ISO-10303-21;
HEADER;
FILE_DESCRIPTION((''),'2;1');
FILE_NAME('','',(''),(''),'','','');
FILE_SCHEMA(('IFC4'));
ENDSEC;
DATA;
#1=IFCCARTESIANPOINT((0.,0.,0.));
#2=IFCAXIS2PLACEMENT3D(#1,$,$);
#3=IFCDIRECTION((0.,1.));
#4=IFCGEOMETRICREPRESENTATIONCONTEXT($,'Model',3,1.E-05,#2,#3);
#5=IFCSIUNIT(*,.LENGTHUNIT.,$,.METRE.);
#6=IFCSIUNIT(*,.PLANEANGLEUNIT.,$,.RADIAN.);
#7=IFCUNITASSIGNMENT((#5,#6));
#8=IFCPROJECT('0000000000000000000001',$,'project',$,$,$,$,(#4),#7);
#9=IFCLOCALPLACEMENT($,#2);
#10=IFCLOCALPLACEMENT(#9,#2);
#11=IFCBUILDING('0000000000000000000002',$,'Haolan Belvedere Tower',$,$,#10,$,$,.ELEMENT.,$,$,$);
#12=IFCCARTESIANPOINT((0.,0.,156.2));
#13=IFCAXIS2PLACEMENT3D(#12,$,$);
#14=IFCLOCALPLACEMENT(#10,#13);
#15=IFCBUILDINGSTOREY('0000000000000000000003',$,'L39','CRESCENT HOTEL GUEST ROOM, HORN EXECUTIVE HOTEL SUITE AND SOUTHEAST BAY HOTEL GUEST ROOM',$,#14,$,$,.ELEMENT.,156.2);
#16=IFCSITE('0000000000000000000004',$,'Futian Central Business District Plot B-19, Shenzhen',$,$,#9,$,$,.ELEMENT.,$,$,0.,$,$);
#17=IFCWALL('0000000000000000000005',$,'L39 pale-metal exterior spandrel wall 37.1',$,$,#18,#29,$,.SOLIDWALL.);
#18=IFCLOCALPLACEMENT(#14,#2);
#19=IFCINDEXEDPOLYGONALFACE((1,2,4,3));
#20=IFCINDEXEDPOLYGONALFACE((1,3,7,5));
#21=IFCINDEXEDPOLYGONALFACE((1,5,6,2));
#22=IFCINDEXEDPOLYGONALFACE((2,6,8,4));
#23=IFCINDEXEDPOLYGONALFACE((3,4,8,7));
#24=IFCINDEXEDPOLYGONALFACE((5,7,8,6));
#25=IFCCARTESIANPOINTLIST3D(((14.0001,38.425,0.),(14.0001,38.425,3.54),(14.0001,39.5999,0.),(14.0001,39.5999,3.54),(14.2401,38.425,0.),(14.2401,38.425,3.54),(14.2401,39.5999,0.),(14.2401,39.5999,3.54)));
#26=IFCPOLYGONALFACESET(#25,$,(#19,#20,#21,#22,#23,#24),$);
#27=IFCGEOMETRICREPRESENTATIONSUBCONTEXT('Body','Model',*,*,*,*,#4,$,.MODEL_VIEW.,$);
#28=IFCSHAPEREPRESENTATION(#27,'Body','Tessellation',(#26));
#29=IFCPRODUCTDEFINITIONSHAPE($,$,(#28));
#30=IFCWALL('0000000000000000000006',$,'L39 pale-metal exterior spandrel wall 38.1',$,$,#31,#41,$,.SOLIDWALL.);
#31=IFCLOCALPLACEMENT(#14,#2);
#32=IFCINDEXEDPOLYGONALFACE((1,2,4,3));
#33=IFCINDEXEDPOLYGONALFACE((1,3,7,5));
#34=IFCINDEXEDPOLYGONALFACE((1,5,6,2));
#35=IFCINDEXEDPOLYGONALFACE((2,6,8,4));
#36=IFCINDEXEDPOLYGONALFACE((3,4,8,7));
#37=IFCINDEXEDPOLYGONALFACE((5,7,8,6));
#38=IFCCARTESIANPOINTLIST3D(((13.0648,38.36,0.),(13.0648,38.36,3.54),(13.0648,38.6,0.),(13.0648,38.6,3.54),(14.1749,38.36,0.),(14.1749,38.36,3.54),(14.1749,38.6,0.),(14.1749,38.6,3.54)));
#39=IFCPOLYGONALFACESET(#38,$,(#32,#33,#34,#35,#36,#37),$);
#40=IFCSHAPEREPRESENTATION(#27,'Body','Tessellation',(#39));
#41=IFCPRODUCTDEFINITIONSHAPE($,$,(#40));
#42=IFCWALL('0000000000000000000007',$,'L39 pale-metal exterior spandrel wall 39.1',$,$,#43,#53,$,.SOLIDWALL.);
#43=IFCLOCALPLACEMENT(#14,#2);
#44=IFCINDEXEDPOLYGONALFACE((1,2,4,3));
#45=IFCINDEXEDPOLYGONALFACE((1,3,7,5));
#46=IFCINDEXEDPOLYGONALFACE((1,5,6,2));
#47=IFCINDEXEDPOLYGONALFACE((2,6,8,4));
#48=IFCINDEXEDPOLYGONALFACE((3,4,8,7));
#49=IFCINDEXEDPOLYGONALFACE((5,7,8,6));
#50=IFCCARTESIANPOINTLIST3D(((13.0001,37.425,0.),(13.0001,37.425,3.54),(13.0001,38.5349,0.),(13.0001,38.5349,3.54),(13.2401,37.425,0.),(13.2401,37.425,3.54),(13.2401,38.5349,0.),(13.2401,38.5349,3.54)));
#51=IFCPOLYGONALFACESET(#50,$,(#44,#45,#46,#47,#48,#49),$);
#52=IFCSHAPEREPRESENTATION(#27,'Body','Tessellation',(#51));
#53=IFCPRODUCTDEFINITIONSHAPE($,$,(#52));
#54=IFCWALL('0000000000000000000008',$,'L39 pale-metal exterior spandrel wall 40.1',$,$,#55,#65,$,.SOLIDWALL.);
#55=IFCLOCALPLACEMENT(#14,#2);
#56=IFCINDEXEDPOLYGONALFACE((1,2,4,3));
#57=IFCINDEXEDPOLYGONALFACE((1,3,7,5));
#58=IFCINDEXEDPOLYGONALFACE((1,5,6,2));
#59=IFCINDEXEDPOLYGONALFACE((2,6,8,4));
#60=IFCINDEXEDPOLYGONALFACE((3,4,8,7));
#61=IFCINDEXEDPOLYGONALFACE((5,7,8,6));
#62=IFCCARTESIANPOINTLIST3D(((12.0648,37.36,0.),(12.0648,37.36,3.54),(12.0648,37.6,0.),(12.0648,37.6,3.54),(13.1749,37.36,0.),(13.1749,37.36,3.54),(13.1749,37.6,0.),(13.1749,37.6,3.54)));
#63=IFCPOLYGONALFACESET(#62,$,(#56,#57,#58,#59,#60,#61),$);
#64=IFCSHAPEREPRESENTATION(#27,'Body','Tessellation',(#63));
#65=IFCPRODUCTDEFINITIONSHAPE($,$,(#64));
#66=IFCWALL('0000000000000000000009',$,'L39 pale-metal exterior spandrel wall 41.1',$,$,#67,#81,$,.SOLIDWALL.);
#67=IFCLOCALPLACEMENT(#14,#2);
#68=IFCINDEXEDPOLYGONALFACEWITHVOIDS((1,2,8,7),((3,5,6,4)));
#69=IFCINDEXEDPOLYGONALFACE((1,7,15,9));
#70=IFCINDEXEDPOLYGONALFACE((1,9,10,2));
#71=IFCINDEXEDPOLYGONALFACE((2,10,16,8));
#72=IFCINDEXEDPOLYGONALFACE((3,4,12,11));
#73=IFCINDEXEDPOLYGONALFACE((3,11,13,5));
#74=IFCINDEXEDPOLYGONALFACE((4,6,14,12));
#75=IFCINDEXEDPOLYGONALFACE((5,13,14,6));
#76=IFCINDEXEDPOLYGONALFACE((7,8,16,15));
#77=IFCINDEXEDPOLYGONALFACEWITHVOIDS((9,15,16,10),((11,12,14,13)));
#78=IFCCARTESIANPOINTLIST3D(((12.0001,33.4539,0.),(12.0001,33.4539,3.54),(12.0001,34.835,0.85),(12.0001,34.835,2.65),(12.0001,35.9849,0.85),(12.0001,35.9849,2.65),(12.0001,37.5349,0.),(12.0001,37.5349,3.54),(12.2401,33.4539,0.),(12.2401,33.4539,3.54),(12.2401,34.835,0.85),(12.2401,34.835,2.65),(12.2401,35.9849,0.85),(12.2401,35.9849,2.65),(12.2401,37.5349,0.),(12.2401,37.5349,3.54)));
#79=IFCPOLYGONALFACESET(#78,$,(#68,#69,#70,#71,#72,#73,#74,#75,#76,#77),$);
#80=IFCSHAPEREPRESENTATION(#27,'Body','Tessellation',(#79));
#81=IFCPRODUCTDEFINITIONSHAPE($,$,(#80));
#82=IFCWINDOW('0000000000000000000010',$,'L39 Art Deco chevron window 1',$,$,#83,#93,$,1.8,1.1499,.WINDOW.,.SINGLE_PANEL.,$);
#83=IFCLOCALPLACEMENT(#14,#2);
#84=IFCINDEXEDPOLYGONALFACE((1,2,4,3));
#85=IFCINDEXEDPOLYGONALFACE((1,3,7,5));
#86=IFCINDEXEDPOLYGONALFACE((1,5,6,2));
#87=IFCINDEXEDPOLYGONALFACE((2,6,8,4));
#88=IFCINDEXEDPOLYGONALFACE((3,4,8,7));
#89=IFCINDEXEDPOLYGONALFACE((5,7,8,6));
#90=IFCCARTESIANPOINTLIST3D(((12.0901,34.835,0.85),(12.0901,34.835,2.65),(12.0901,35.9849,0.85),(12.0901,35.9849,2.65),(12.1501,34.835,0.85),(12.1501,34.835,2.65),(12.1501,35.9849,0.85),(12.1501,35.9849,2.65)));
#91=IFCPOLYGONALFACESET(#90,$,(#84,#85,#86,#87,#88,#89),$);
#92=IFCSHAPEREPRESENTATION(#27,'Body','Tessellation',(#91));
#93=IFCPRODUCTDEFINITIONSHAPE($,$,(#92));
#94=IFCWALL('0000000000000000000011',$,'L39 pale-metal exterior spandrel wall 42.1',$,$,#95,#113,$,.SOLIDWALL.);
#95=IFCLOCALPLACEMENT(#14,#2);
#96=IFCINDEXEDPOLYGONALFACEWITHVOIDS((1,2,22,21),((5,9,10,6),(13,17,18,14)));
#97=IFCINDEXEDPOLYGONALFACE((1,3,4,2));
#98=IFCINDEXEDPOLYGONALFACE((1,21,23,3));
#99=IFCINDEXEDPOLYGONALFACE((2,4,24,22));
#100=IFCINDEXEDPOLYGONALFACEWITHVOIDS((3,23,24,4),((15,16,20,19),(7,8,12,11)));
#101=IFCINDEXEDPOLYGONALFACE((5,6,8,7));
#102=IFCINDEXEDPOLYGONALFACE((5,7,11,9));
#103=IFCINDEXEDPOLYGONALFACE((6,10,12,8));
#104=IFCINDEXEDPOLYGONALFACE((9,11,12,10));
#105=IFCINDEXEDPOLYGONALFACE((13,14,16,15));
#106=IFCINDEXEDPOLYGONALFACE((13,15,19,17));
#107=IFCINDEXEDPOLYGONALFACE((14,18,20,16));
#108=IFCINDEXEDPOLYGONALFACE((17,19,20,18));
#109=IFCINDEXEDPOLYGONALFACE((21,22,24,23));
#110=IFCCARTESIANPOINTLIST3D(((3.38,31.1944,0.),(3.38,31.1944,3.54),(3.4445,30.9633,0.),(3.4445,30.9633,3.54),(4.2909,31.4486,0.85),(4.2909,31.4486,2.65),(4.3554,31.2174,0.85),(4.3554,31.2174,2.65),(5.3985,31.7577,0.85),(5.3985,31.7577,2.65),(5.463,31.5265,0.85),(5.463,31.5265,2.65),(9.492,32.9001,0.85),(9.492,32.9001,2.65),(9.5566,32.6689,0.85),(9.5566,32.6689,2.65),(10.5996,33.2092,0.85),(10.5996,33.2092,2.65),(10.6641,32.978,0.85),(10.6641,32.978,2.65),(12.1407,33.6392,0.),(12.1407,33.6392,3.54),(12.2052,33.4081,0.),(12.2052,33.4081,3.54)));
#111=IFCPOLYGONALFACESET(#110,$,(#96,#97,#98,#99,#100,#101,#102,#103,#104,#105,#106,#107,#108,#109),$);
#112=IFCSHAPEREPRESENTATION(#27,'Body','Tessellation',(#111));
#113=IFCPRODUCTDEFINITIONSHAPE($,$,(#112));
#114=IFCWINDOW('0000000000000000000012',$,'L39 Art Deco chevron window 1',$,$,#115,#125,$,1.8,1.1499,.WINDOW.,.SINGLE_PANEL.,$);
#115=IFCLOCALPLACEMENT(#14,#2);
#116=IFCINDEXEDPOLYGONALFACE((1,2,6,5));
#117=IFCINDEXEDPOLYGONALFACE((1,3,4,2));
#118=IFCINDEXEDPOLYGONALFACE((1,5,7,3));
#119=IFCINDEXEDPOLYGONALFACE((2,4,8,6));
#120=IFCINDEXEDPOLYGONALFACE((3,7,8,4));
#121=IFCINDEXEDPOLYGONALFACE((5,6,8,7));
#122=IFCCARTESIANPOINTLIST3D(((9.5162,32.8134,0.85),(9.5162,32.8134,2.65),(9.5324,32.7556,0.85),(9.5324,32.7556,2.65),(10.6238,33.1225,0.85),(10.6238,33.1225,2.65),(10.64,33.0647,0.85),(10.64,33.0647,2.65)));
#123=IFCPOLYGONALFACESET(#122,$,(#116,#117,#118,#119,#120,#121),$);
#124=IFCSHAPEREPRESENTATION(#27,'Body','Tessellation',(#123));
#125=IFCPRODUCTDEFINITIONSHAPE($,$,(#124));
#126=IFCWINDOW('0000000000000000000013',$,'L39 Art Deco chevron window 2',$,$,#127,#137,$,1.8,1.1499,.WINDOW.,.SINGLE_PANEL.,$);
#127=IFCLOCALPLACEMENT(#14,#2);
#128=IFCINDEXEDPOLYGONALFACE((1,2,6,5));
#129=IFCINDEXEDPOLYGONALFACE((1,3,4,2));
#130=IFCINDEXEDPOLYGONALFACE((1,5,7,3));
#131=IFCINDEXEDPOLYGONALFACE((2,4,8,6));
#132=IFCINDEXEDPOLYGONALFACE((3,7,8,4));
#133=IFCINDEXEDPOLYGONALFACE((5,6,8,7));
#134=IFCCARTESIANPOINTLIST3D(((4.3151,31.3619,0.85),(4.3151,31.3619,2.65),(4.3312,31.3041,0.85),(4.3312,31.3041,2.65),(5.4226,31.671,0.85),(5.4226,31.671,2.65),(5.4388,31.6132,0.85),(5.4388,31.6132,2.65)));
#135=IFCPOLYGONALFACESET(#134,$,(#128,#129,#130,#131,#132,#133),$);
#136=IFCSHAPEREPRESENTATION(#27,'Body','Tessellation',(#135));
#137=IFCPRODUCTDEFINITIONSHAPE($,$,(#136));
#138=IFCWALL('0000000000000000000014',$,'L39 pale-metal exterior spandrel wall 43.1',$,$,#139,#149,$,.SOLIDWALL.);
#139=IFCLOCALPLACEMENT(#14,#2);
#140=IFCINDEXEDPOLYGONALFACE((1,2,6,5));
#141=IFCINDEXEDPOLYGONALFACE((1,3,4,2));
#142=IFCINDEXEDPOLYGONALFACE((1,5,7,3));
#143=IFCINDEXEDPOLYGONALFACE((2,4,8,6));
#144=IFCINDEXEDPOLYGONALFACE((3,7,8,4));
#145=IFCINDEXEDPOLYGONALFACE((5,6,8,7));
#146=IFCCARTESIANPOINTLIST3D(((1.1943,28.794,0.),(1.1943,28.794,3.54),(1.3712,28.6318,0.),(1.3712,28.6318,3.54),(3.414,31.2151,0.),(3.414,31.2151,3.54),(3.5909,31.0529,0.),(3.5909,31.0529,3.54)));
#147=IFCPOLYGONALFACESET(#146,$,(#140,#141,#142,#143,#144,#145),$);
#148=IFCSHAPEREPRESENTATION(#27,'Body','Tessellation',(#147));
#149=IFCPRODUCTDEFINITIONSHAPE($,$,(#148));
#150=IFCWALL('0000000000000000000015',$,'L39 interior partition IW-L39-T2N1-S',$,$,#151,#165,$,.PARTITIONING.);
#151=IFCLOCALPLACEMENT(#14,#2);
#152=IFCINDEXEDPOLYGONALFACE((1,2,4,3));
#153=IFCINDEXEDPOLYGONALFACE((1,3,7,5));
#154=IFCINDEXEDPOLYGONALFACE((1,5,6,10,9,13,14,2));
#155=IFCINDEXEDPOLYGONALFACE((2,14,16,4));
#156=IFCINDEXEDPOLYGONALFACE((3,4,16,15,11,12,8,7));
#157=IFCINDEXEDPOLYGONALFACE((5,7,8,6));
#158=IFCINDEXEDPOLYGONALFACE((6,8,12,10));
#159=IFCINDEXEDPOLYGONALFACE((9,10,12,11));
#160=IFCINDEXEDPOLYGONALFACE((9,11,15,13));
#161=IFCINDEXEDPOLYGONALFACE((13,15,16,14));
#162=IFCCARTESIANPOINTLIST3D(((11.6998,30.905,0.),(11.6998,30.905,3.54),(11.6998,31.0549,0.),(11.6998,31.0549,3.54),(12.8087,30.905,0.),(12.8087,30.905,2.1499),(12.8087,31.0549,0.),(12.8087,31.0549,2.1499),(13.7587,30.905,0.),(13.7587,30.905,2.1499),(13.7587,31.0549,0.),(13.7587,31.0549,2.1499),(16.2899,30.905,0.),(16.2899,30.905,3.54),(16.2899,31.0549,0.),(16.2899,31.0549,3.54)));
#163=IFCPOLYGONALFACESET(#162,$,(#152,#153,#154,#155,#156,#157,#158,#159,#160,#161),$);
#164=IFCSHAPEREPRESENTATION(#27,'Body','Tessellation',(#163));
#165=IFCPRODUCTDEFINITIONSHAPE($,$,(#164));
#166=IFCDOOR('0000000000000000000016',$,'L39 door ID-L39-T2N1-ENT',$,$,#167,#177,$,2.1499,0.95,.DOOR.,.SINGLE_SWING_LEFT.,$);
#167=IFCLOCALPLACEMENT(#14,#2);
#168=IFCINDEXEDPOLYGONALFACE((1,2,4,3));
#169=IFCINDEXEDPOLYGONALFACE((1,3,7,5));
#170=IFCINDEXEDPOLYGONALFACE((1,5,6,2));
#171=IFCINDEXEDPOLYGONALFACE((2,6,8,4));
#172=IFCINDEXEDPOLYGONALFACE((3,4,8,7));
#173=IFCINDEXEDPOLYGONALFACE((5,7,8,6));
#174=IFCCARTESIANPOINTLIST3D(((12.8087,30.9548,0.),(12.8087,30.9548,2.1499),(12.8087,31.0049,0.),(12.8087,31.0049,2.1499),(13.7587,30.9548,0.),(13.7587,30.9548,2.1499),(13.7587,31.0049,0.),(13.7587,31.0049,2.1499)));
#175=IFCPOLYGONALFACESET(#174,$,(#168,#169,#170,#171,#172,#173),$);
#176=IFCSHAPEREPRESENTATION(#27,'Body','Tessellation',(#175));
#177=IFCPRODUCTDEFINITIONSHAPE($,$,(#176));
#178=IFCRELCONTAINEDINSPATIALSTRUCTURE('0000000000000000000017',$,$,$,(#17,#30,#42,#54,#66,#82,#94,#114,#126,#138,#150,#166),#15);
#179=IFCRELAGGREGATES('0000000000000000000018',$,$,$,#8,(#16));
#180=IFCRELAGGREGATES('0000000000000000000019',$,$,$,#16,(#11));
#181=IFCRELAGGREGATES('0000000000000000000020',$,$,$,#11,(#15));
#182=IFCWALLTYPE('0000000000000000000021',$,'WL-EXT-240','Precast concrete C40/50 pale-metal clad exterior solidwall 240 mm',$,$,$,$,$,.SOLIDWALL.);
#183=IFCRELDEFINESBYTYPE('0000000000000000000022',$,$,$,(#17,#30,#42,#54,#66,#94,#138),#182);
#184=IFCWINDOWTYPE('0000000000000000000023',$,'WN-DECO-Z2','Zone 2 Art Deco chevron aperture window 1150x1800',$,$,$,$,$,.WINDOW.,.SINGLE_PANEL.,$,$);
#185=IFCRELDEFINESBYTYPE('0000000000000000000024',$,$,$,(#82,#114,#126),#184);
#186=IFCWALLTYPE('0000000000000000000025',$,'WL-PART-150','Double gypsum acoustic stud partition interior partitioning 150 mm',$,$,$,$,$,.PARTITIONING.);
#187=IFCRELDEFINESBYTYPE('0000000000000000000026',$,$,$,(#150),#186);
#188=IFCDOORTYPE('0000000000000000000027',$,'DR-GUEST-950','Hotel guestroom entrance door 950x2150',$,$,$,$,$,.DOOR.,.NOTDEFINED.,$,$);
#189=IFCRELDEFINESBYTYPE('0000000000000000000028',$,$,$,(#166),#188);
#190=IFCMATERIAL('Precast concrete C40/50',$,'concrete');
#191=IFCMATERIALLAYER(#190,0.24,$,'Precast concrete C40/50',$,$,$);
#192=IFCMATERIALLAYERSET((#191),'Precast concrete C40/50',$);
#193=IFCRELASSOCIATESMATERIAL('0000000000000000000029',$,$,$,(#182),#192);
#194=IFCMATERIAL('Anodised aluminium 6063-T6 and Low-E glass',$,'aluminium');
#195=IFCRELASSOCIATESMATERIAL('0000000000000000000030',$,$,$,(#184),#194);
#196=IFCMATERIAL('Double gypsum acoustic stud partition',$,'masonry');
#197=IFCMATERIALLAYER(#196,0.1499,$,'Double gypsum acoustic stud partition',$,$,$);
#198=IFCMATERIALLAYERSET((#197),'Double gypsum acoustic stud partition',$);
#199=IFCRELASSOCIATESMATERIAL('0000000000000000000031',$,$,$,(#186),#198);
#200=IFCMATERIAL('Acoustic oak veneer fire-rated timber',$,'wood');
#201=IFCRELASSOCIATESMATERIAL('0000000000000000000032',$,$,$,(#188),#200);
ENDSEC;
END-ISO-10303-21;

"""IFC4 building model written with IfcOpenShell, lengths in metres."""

from ifc_helpers import new_model, si_unit, direction, frame, frame_2d, origin, place, context, subcontext, project, spatial, rectangle, extrude, material, layer, layer_set, type_object, element, fill, save


model = new_model("IFC4")

# Units and contexts
model_context = context("Model", 3, precision=1e-05, world=origin(), true_north=direction((0.0, 1.0)))
body_context = subcontext(model_context, "Body", "Model", "MODEL_VIEW")
ifc_project = project(units=[si_unit("LENGTHUNIT", "METRE"), si_unit("PLANEANGLEUNIT", "RADIAN")], contexts=[model_context])

# Site, building, storey
site_placement = place(None, origin())
site = spatial("IfcSite", under=ifc_project, at=site_placement, Name="Futian Central Business District Plot B-19, Shenzhen", CompositionType="ELEMENT", RefElevation=0.0)
building_placement = place(site_placement, origin())
building = spatial("IfcBuilding", under=site, at=building_placement, Name="Haolan Belvedere Tower", CompositionType="ELEMENT")
storey_placement = place(building_placement, frame((0.0, 0.0, 156.2)))
storey = spatial("IfcBuildingStorey", under=building, at=storey_placement, Name="L39", Description="CRESCENT HOTEL GUEST ROOM, HORN EXECUTIVE HOTEL SUITE AND SOUTHEAST BAY HOTEL GUEST ROOM", CompositionType="ELEMENT", Elevation=156.2)

# Walls
ifc_material_1 = material(Name="Precast concrete C40/50", Category="concrete")
ifc_layer_1 = layer(ifc_material_1, 0.24, Name="Precast concrete C40/50")
ifc_layer_set_1 = layer_set([ifc_layer_1], Name="Precast concrete C40/50")
wall_type_1 = type_object("IfcWallType", Name="WL-EXT-240", Description="Precast concrete C40/50 pale-metal clad exterior solidwall 240 mm", PredefinedType="SOLIDWALL", material=ifc_layer_set_1)
wall_1_placement = place(storey_placement, frame((14.1201, 39.5999, 0.0), z_axis=(0.0, 0.0, 1.0), x_axis=(0.0, -1.0, 0.0)))
element("IfcWall", 1, at=wall_1_placement, inside=storey, type_object=wall_type_1, Name="L39 pale-metal exterior spandrel wall 37.1", PredefinedType="SOLIDWALL", context=body_context, shape_type="SweptSolid", body=[
    extrude(rectangle(XDim=1.1748, YDim=0.24, at=frame_2d((0.5874, 0.0))), origin(), (0.0, 0.0, 1.0), 3.54),
])
wall_2_placement = place(storey_placement, frame((14.175, 38.48, 0.0), z_axis=(0.0, 0.0, 1.0), x_axis=(-1.0, 0.0, 0.0)))
element("IfcWall", 2, at=wall_2_placement, inside=storey, type_object=wall_type_1, Name="L39 pale-metal exterior spandrel wall 38.1", PredefinedType="SOLIDWALL", context=body_context, shape_type="SweptSolid", body=[
    extrude(rectangle(XDim=1.1101, YDim=0.24, at=frame_2d((0.5552, 0.0))), origin(), (0.0, 0.0, 1.0), 3.54),
])
wall_3_placement = place(storey_placement, frame((13.1201, 38.5349, 0.0), z_axis=(0.0, 0.0, 1.0), x_axis=(0.0, -1.0, 0.0)))
element("IfcWall", 3, at=wall_3_placement, inside=storey, type_object=wall_type_1, Name="L39 pale-metal exterior spandrel wall 39.1", PredefinedType="SOLIDWALL", context=body_context, shape_type="SweptSolid", body=[
    extrude(rectangle(XDim=1.1099, YDim=0.24, at=frame_2d((0.5549, 0.0))), origin(), (0.0, 0.0, 1.0), 3.54),
])
wall_4_placement = place(storey_placement, frame((13.175, 37.48, 0.0), z_axis=(0.0, 0.0, 1.0), x_axis=(-1.0, 0.0, 0.0)))
element("IfcWall", 4, at=wall_4_placement, inside=storey, type_object=wall_type_1, Name="L39 pale-metal exterior spandrel wall 40.1", PredefinedType="SOLIDWALL", context=body_context, shape_type="SweptSolid", body=[
    extrude(rectangle(XDim=1.1101, YDim=0.24, at=frame_2d((0.5552, 0.0))), origin(), (0.0, 0.0, 1.0), 3.54),
])

# Wall, opening, window
wall_5_placement = place(storey_placement, frame((12.1201, 37.5349, 0.0), z_axis=(0.0, 0.0, 1.0), x_axis=(0.0, -1.0, 0.0)))
wall_5 = element("IfcWall", 5, at=wall_5_placement, inside=storey, type_object=wall_type_1, Name="L39 pale-metal exterior spandrel wall 41.1", PredefinedType="SOLIDWALL", context=body_context, shape_type="SweptSolid", body=[
    extrude(rectangle(XDim=4.0811, YDim=0.24, at=frame_2d((2.0405, 0.0))), origin(), (0.0, 0.0, 1.0), 3.54),
])
opening_1_placement = place(wall_5_placement, frame((1.55, 0.0, 0.8501)))
opening_1 = element("IfcOpeningElement", 6, at=opening_1_placement, cuts=wall_5, PredefinedType="OPENING", context=body_context, shape_type="SweptSolid", body=[
    extrude(rectangle(XDim=1.1499, YDim=1.8, at=frame_2d((0.575, 0.8999))), frame((0.0, 0.1299, 0.0), z_axis=(0.0, -1.0, 0.0), x_axis=(1.0, 0.0, 0.0)), (0.0, 0.0, 1.0), 0.26),
])
ifc_material_2 = material(Name="Anodised aluminium 6063-T6 and Low-E glass", Category="aluminium")
window_type = type_object("IfcWindowType", Name="WN-DECO-Z2", Description="Zone 2 Art Deco chevron aperture window 1150x1800", PartitioningType="SINGLE_PANEL", PredefinedType="WINDOW", material=ifc_material_2)
window_1_placement = place(opening_1_placement, origin())
window_1 = element("IfcWindow", 7, at=window_1_placement, inside=storey, type_object=window_type, Name="L39 Art Deco chevron window 1", OverallHeight=1.8, OverallWidth=1.1499, PartitioningType="SINGLE_PANEL", PredefinedType="WINDOW", context=body_context, shape_type="SweptSolid", body=[
    extrude(rectangle(XDim=1.1499, YDim=1.8, at=frame_2d((0.575, 0.8999))), frame((0.0, 0.03, 0.0), z_axis=(0.0, -1.0, 0.0), x_axis=(1.0, 0.0, 0.0)), (0.0, 0.0, 1.0), 0.0601),
])
fill(opening_1, window_1)

# Wall, openings, windows
wall_6_placement = place(storey_placement, frame((12.1731, 33.5237, 0.0), z_axis=(0.0, 0.0, 1.0), x_axis=(-0.963197, -0.268795, 0.0)))
wall_6 = element("IfcWall", 8, at=wall_6_placement, inside=storey, type_object=wall_type_1, Name="L39 pale-metal exterior spandrel wall 42.1", PredefinedType="SOLIDWALL", context=body_context, shape_type="SweptSolid", body=[
    extrude(rectangle(XDim=9.0955, YDim=0.24, at=frame_2d((4.5479, 0.0))), origin(), (0.0, 0.0, 1.0), 3.54),
])
opening_2_placement = place(wall_6_placement, frame((1.6001, 0.0, 0.8501)))
opening_2 = element("IfcOpeningElement", 9, at=opening_2_placement, cuts=wall_6, PredefinedType="OPENING", context=body_context, shape_type="SweptSolid", body=[
    extrude(rectangle(XDim=1.1499, YDim=1.8, at=frame_2d((0.575, 0.8999))), frame((0.0, 0.1299, 0.0), z_axis=(0.0, -1.0, 0.0), x_axis=(1.0, 0.0, 0.0)), (0.0, 0.0, 1.0), 0.26),
])
opening_3_placement = place(wall_6_placement, frame((7.0, 0.0, 0.8501)))
opening_3 = element("IfcOpeningElement", 10, at=opening_3_placement, cuts=wall_6, PredefinedType="OPENING", context=body_context, shape_type="SweptSolid", body=[
    extrude(rectangle(XDim=1.1499, YDim=1.8, at=frame_2d((0.575, 0.8999))), frame((0.0, 0.1299, 0.0), z_axis=(0.0, -1.0, 0.0), x_axis=(1.0, 0.0, 0.0)), (0.0, 0.0, 1.0), 0.26),
])
window_2_placement = place(opening_2_placement, origin())
window_2 = element("IfcWindow", 11, at=window_2_placement, inside=storey, type_object=window_type, Name="L39 Art Deco chevron window 1", OverallHeight=1.8, OverallWidth=1.1499, PartitioningType="SINGLE_PANEL", PredefinedType="WINDOW", context=body_context, shape_type="SweptSolid", body=[
    extrude(rectangle(XDim=1.1499, YDim=1.8, at=frame_2d((0.575, 0.8999))), frame((0.0, 0.03, 0.0), z_axis=(0.0, -1.0, 0.0), x_axis=(1.0, 0.0, 0.0)), (0.0, 0.0, 1.0), 0.0601),
])
fill(opening_2, window_2)
window_3_placement = place(opening_3_placement, origin())
window_3 = element("IfcWindow", 12, at=window_3_placement, inside=storey, type_object=window_type, Name="L39 Art Deco chevron window 2", OverallHeight=1.8, OverallWidth=1.1499, PartitioningType="SINGLE_PANEL", PredefinedType="WINDOW", context=body_context, shape_type="SweptSolid", body=[
    extrude(rectangle(XDim=1.1499, YDim=1.8, at=frame_2d((0.575, 0.8999))), frame((0.0, 0.03, 0.0), z_axis=(0.0, -1.0, 0.0), x_axis=(1.0, 0.0, 0.0)), (0.0, 0.0, 1.0), 0.0601),
])
fill(opening_3, window_3)

# Wall
wall_7_placement = place(storey_placement, frame((3.5024, 31.134, 0.0), z_axis=(0.0, 0.0, 1.0), x_axis=(-0.675782, -0.737102, 0.0)))
element("IfcWall", 13, at=wall_7_placement, inside=storey, type_object=wall_type_1, Name="L39 pale-metal exterior spandrel wall 43.1", PredefinedType="SOLIDWALL", context=body_context, shape_type="SweptSolid", body=[
    extrude(rectangle(XDim=3.2847, YDim=0.24, at=frame_2d((1.6423, 0.0))), origin(), (0.0, 0.0, 1.0), 3.54),
])

# Wall, opening, door
ifc_material_3 = material(Name="Double gypsum acoustic stud partition", Category="masonry")
ifc_layer_2 = layer(ifc_material_3, 0.1499, Name="Double gypsum acoustic stud partition")
ifc_layer_set_2 = layer_set([ifc_layer_2], Name="Double gypsum acoustic stud partition")
wall_type_2 = type_object("IfcWallType", Name="WL-PART-150", Description="Double gypsum acoustic stud partition interior partitioning 150 mm", PredefinedType="PARTITIONING", material=ifc_layer_set_2)
wall_8_placement = place(storey_placement, frame((11.7, 30.98, 0.0), z_axis=(0.0, 0.0, 1.0), x_axis=(1.0, 0.0, 0.0)))
wall_8 = element("IfcWall", 14, at=wall_8_placement, inside=storey, type_object=wall_type_2, Name="L39 interior partition IW-L39-T2N1-S", PredefinedType="PARTITIONING", context=body_context, shape_type="SweptSolid", body=[
    extrude(rectangle(XDim=4.5901, YDim=0.1499, at=frame_2d((2.2949, 0.0))), origin(), (0.0, 0.0, 1.0), 3.54),
])
opening_4_placement = place(wall_8_placement, frame((1.1086, 0.0, 0.0)))
opening_4 = element("IfcOpeningElement", 15, at=opening_4_placement, cuts=wall_8, PredefinedType="OPENING", context=body_context, shape_type="SweptSolid", body=[
    extrude(rectangle(XDim=0.95, YDim=2.1499, at=frame_2d((0.4751, 1.075))), frame((0.0, 0.085, 0.0), z_axis=(0.0, -1.0, 0.0), x_axis=(1.0, 0.0, 0.0)), (0.0, 0.0, 1.0), 0.1699),
])
ifc_material_4 = material(Name="Acoustic oak veneer fire-rated timber", Category="wood")
door_type_1 = type_object("IfcDoorType", Name="DR-GUEST-950", Description="Hotel guestroom entrance door 950x2150", OperationType="NOTDEFINED", PredefinedType="DOOR", material=ifc_material_4)
door_1_placement = place(opening_4_placement, origin())
door_1 = element("IfcDoor", 16, at=door_1_placement, inside=storey, type_object=door_type_1, Name="L39 door ID-L39-T2N1-ENT", OperationType="SINGLE_SWING_LEFT", OverallHeight=2.1499, OverallWidth=0.95, PredefinedType="DOOR", context=body_context, shape_type="SweptSolid", body=[
    extrude(rectangle(XDim=0.95, YDim=2.1499, at=frame_2d((0.4751, 1.075))), frame((0.0, 0.0249, 0.0), z_axis=(0.0, -1.0, 0.0), x_axis=(1.0, 0.0, 0.0)), (0.0, 0.0, 1.0), 0.05),
])
fill(opening_4, door_1)

save(model, "model.ifc")
